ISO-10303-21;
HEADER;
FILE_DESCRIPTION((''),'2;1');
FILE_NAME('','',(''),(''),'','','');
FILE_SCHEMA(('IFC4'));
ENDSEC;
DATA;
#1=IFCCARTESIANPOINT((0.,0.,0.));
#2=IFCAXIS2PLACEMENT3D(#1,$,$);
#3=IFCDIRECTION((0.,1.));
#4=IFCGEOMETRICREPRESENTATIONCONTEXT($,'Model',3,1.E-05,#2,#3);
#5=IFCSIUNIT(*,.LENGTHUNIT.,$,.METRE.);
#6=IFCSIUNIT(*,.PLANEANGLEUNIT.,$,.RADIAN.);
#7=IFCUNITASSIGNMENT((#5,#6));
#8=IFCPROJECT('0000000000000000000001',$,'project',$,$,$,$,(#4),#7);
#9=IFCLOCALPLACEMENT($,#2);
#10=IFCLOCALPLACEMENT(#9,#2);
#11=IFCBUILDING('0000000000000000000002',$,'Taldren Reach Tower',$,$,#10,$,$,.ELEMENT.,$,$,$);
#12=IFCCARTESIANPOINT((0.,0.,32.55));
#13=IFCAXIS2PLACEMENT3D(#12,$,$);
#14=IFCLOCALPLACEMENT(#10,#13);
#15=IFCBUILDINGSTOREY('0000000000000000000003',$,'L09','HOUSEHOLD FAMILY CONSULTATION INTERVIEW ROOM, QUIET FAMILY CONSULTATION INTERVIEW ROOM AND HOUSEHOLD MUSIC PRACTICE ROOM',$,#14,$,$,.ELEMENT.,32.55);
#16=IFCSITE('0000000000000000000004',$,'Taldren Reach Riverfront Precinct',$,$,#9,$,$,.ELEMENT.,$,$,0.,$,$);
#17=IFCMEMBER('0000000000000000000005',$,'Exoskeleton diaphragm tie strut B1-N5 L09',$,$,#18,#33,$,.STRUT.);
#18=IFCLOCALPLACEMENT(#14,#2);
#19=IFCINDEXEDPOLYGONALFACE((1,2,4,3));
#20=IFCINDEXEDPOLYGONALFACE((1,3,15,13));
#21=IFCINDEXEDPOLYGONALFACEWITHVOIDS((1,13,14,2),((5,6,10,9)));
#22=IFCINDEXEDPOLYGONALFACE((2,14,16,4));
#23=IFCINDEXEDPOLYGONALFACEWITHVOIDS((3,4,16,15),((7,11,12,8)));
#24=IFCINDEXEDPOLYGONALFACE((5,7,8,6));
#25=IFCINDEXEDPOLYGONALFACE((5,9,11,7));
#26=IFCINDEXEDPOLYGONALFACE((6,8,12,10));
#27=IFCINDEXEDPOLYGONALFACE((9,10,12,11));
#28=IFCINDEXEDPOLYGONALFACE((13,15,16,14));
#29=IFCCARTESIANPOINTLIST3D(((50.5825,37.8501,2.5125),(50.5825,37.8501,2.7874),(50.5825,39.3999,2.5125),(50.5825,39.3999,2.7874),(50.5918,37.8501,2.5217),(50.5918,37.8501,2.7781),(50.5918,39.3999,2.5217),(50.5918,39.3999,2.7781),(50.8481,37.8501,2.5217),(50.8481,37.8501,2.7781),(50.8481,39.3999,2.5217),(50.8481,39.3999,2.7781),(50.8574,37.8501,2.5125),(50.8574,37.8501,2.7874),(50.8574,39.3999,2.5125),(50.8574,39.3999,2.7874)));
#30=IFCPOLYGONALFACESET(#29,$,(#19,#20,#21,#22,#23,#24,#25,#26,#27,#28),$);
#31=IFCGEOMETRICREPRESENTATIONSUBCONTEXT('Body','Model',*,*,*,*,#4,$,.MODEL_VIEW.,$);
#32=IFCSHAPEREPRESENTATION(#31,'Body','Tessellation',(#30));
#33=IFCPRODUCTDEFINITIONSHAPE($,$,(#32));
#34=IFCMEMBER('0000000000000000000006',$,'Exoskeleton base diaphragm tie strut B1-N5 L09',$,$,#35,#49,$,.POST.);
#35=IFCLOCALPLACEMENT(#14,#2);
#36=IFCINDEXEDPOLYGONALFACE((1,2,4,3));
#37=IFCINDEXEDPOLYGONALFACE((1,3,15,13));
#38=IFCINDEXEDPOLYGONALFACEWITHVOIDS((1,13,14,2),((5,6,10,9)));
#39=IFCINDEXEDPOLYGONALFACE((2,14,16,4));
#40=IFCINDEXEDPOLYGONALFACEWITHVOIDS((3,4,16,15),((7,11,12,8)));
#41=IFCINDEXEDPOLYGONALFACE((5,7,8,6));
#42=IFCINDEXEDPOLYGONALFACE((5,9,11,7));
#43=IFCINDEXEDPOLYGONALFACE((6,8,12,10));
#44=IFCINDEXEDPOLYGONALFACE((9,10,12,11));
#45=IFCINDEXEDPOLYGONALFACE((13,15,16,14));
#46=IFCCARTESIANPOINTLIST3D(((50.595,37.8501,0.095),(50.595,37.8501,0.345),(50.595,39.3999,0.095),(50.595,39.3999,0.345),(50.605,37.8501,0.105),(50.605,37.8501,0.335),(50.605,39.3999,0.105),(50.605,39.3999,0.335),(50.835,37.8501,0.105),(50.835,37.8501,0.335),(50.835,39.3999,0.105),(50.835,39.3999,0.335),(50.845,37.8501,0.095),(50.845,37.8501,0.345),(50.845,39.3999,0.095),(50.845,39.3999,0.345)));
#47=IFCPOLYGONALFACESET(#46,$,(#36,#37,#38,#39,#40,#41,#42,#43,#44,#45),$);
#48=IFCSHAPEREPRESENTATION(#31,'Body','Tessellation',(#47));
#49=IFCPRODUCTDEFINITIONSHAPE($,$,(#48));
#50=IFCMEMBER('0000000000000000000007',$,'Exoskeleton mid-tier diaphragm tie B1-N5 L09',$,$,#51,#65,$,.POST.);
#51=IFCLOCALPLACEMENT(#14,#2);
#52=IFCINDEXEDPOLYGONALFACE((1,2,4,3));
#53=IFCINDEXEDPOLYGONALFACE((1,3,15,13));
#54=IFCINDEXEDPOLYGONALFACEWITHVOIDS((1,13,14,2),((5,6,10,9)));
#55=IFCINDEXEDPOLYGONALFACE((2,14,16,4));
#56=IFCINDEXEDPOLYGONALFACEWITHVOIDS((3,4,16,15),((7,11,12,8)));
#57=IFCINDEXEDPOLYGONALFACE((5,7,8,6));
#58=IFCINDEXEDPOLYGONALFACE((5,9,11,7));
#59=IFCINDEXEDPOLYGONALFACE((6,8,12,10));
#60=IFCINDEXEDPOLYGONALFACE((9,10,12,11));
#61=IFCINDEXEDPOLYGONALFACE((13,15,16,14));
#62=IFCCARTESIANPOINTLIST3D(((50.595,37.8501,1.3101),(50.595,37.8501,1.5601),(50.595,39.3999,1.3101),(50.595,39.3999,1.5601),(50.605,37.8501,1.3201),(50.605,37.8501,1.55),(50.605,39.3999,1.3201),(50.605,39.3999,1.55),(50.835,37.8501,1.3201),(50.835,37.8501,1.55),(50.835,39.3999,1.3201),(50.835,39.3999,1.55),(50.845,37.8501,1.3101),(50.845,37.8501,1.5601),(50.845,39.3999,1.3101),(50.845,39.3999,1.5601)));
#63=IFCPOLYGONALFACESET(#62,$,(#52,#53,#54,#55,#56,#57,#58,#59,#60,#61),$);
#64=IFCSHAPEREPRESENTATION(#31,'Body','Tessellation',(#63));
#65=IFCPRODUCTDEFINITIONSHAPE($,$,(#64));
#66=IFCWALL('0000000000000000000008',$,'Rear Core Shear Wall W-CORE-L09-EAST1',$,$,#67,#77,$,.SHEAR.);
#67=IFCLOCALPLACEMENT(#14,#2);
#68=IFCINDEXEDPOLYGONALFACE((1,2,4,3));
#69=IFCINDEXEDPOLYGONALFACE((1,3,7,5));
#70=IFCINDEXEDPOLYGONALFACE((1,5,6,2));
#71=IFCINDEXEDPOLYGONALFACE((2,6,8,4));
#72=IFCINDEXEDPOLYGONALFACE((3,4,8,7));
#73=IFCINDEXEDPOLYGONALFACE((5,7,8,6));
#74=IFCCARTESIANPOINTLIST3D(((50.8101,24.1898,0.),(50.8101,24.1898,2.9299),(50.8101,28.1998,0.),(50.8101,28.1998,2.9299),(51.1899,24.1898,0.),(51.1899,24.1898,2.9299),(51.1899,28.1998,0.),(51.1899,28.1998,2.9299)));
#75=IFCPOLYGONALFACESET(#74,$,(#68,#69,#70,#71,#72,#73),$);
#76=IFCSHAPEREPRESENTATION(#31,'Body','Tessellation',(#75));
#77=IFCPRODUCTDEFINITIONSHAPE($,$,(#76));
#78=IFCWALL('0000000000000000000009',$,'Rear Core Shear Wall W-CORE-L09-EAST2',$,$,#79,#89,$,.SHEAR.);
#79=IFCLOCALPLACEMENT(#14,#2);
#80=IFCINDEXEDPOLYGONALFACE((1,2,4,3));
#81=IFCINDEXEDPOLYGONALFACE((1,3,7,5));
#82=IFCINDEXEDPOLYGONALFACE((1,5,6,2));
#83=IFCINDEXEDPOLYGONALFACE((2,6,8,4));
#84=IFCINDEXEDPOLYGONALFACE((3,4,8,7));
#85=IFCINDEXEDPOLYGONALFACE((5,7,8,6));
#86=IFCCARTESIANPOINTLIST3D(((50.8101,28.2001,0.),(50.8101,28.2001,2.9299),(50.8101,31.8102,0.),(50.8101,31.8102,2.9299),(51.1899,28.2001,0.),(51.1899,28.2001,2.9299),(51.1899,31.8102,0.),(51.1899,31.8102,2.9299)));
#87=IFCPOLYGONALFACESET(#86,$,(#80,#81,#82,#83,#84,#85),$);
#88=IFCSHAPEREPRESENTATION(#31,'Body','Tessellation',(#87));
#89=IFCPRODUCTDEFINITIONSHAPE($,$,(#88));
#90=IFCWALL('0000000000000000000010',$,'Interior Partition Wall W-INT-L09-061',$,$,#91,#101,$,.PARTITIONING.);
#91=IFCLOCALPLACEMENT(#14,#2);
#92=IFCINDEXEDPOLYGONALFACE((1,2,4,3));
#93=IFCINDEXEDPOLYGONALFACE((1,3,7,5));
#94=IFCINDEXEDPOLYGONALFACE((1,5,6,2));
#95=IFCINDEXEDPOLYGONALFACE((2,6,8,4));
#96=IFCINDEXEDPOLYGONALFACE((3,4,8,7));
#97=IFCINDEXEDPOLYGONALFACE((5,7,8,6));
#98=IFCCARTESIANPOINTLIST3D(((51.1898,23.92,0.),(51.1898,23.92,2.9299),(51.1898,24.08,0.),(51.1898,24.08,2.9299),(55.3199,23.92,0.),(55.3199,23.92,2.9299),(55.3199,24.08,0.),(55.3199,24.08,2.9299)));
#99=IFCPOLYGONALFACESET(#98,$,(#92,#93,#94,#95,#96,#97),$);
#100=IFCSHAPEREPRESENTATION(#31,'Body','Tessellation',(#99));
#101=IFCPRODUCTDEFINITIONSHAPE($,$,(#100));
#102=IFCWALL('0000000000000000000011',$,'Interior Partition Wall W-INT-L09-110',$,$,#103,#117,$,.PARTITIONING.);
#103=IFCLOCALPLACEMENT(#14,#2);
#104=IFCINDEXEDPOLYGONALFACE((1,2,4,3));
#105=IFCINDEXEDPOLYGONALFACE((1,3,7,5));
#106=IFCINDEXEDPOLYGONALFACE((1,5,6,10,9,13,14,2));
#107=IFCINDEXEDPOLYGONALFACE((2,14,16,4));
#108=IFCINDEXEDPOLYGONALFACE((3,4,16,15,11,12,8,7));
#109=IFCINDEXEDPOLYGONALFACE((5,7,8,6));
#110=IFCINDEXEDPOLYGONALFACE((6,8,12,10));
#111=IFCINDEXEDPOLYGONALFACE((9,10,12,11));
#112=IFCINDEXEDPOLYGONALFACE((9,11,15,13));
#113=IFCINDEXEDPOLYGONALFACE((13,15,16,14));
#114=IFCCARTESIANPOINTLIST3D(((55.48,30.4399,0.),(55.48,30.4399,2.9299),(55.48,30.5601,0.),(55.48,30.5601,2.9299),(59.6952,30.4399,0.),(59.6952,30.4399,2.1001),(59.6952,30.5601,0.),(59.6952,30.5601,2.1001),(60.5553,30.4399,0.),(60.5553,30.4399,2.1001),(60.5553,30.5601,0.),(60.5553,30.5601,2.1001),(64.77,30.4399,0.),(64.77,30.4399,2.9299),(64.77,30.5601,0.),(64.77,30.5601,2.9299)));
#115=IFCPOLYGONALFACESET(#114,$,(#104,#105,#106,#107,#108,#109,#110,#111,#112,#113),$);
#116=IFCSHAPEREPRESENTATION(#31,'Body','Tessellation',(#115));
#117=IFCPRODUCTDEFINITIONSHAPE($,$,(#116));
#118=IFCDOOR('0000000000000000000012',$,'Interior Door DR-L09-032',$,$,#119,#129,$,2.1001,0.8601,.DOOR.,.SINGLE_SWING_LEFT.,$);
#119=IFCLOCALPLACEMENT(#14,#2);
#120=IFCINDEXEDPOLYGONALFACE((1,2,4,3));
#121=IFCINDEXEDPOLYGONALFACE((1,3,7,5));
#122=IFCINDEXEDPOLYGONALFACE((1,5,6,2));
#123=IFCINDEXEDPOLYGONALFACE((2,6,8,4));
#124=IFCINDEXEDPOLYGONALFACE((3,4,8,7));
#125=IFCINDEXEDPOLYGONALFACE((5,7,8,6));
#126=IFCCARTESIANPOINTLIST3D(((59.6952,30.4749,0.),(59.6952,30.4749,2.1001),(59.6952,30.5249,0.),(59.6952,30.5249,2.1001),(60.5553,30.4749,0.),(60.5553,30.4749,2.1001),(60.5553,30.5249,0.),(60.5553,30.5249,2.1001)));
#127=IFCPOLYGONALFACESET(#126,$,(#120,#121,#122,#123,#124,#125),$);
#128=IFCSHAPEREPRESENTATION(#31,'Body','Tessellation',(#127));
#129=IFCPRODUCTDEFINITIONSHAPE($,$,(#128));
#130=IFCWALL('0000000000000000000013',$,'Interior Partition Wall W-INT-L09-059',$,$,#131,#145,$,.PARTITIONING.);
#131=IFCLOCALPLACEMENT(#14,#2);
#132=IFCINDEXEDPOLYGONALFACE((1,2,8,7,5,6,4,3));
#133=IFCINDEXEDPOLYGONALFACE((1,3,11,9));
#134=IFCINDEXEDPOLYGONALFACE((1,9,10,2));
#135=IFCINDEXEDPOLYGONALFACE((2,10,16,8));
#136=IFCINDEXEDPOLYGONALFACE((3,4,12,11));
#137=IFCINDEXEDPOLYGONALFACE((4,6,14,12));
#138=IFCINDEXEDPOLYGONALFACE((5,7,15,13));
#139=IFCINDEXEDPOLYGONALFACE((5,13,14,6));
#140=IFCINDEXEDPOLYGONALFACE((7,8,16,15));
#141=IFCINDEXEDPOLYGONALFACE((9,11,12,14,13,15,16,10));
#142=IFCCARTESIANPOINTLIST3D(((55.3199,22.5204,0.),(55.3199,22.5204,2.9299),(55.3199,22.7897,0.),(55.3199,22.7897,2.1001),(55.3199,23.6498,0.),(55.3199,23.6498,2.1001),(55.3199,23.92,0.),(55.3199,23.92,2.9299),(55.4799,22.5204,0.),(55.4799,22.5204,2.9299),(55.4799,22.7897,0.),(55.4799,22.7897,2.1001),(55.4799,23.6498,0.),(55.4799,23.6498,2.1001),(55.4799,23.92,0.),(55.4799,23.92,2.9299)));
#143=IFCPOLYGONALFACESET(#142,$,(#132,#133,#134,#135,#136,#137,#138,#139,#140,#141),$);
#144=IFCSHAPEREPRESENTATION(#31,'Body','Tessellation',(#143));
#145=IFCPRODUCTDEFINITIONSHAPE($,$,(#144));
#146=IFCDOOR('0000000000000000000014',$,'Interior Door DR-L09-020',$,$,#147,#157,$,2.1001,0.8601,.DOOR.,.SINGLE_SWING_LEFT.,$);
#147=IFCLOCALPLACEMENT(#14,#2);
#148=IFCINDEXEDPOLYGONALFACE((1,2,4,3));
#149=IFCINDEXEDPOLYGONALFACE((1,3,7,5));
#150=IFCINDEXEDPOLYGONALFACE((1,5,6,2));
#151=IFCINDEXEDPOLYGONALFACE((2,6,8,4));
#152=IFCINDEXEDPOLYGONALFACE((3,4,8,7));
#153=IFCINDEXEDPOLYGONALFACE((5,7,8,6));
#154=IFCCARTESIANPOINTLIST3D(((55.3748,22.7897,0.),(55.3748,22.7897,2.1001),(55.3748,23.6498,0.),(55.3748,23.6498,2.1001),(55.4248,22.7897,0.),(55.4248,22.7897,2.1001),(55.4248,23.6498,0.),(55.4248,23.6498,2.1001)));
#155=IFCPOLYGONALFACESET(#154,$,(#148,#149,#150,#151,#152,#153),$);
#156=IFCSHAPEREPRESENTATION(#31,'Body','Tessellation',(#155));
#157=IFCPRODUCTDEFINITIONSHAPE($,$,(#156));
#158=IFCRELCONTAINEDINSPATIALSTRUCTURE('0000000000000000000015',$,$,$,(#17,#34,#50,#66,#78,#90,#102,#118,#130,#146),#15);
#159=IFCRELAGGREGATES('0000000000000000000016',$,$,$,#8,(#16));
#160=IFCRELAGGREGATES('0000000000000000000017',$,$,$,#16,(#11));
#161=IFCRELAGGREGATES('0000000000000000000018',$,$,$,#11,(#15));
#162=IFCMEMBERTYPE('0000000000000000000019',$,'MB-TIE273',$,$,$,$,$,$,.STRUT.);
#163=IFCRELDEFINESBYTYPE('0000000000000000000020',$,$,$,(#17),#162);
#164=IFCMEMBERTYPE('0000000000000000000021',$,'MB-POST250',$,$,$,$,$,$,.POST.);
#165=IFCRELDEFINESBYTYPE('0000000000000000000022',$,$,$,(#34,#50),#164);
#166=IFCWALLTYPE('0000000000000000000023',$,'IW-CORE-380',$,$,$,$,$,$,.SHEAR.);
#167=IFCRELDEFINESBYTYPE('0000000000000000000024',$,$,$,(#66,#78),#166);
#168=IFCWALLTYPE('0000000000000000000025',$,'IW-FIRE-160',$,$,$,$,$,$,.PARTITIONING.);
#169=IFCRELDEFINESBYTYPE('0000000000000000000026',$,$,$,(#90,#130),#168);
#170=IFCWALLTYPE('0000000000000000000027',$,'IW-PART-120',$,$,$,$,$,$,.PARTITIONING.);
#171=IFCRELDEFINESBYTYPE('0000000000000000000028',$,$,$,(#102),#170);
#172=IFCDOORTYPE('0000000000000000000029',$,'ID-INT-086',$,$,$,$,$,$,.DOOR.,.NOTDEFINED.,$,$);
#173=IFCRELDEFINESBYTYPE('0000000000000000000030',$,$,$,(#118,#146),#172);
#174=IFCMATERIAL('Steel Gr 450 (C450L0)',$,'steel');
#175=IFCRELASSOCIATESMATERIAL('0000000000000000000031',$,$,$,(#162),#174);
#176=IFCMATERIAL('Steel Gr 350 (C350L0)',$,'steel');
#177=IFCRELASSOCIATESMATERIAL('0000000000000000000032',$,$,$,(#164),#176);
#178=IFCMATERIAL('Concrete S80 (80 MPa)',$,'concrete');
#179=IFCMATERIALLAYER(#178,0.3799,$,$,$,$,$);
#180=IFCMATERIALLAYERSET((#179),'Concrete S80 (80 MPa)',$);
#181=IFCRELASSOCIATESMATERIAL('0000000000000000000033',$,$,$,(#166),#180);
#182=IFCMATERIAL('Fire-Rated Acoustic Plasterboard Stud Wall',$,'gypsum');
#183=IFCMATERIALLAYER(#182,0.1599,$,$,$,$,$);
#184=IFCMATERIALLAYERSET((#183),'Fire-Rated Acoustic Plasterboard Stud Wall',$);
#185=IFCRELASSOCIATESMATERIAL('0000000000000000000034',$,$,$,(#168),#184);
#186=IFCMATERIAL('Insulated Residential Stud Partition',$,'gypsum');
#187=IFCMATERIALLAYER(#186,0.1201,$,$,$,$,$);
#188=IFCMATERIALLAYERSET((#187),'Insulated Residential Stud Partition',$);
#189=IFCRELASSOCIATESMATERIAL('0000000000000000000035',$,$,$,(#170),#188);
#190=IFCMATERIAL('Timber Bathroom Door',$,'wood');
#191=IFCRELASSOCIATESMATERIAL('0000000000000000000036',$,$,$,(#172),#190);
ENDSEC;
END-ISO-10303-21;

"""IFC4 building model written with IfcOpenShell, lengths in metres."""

from ifc_helpers import new_model, si_unit, direction, frame, frame_2d, origin, origin_2d, place, context, subcontext, project, spatial, rectangle, hollow_rectangle, extrude, source, transform, mapped, material, layer, layer_set, material_profile, profile_set, type_object, element, fill, save


model = new_model("IFC4")

# Units and contexts
model_context = context("Model", 3, precision=1e-05, world=origin(), true_north=direction((0.0, 1.0)))
body_context = subcontext(model_context, "Body", "Model", "MODEL_VIEW")
ifc_project = project(units=[si_unit("LENGTHUNIT", "METRE"), si_unit("PLANEANGLEUNIT", "RADIAN")], contexts=[model_context])

# Site, building, storey
site_placement = place(None, origin())
site = spatial("IfcSite", under=ifc_project, at=site_placement, Name="Taldren Reach Riverfront Precinct", CompositionType="ELEMENT", RefElevation=0.0)
building_placement = place(site_placement, origin())
building = spatial("IfcBuilding", under=site, at=building_placement, Name="Taldren Reach Tower", CompositionType="ELEMENT")
storey_placement = place(building_placement, frame((0.0, 0.0, 32.55)))
storey = spatial("IfcBuildingStorey", under=building, at=storey_placement, Name="L09", Description="HOUSEHOLD FAMILY CONSULTATION INTERVIEW ROOM, QUIET FAMILY CONSULTATION INTERVIEW ROOM AND HOUSEHOLD MUSIC PRACTICE ROOM", CompositionType="ELEMENT", Elevation=32.55)

# Members
ifc_material_1 = material(Name="Steel Gr 450 (C450L0)", Category="steel")
ifc_material_profile_1 = material_profile(ifc_material_1, hollow_rectangle(XDim=0.2749, YDim=0.2749, WallThickness=0.0093, at=origin_2d()), Name="275x275x9.3SHS")
ifc_profile_set_1 = profile_set([ifc_material_profile_1], Name="Steel Gr 450 (C450L0)")
member_type_1 = type_object("IfcMemberType", Name="MB-TIE273", PredefinedType="STRUT", material=ifc_profile_set_1)
shared_shape_1 = source(origin(), body_context, "Body", "SweptSolid", [
    extrude(hollow_rectangle(XDim=0.2749, YDim=0.2749, WallThickness=0.0093, at=origin_2d()), origin(), (0.0, 0.0, 1.0), 1.5498),
])
member_placement = place(storey_placement, frame((50.72, 37.8501, 2.6499), z_axis=(0.0, 1.0, 0.0), x_axis=(-1.0, 0.0, 0.0)))
element("IfcMember", 1, at=member_placement, inside=storey, type_object=member_type_1, Name="Exoskeleton diaphragm tie strut B1-N5 L09", PredefinedType="STRUT", context=body_context, shape_type="MappedRepresentation", body=[
    mapped(shared_shape_1, transform((0.0, 0.0, 0.0), scale=1.0)),
])
ifc_material_2 = material(Name="Steel Gr 350 (C350L0)", Category="steel")
ifc_material_profile_2 = material_profile(ifc_material_2, hollow_rectangle(XDim=0.25, YDim=0.25, WallThickness=0.01, at=origin_2d()), Name="250x250x10.0SHS")
ifc_profile_set_2 = profile_set([ifc_material_profile_2], Name="Steel Gr 350 (C350L0)")
member_type_2 = type_object("IfcMemberType", Name="MB-POST250", PredefinedType="POST", material=ifc_profile_set_2)
shared_shape_2 = source(origin(), body_context, "Body", "SweptSolid", [
    extrude(hollow_rectangle(XDim=0.25, YDim=0.25, WallThickness=0.01, at=origin_2d()), origin(), (0.0, 0.0, 1.0), 1.5498),
])
for number, where, z_axis, x_axis, name in (
    (2, (50.72, 37.8501, 0.22), (0.0, 1.0, 0.0), (-1.0, 0.0, 0.0), "Exoskeleton base diaphragm tie strut B1-N5 L09"),
    (3, (50.72, 37.8501, 1.4351), (0.0, 1.0, 0.0), (-1.0, 0.0, 0.0), "Exoskeleton mid-tier diaphragm tie B1-N5 L09"),
):
    element("IfcMember", number, at=place(storey_placement, frame(where, z_axis=z_axis, x_axis=x_axis)), inside=storey, type_object=member_type_2, Name=name, PredefinedType="POST", context=body_context, shape_type="MappedRepresentation", body=[
        mapped(shared_shape_2, transform((0.0, 0.0, 0.0), scale=1.0)),
    ])

# Walls
ifc_material_3 = material(Name="Concrete S80 (80 MPa)", Category="concrete")
ifc_layer_1 = layer(ifc_material_3, 0.3799)
ifc_layer_set_1 = layer_set([ifc_layer_1], Name="Concrete S80 (80 MPa)")
wall_type_1 = type_object("IfcWallType", Name="IW-CORE-380", PredefinedType="SHEAR", material=ifc_layer_set_1)
shared_shape_3 = source(origin(), body_context, "Body", "SweptSolid", [
    extrude(rectangle(XDim=4.01, YDim=0.3799, at=frame_2d((2.0049, 0.0))), origin(), (0.0, 0.0, 1.0), 2.9299),
])
wall_1_placement = place(storey_placement, frame((51.0, 24.1899, 0.0), z_axis=(0.0, 0.0, 1.0), x_axis=(0.0, 1.0, 0.0)))
element("IfcWall", 4, at=wall_1_placement, inside=storey, type_object=wall_type_1, Name="Rear Core Shear Wall W-CORE-L09-EAST1", PredefinedType="SHEAR", context=body_context, shape_type="MappedRepresentation", body=[
    mapped(shared_shape_3, transform((0.0, 0.0, 0.0), scale=1.0)),
])
shared_shape_4 = source(origin(), body_context, "Body", "SweptSolid", [
    extrude(rectangle(XDim=3.6101, YDim=0.3799, at=frame_2d((1.8052, 0.0))), origin(), (0.0, 0.0, 1.0), 2.9299),
])
wall_2_placement = place(storey_placement, frame((51.0, 28.2, 0.0), z_axis=(0.0, 0.0, 1.0), x_axis=(0.0, 1.0, 0.0)))
element("IfcWall", 5, at=wall_2_placement, inside=storey, type_object=wall_type_1, Name="Rear Core Shear Wall W-CORE-L09-EAST2", PredefinedType="SHEAR", context=body_context, shape_type="MappedRepresentation", body=[
    mapped(shared_shape_4, transform((0.0, 0.0, 0.0), scale=1.0)),
])
ifc_material_4 = material(Name="Fire-Rated Acoustic Plasterboard Stud Wall", Category="gypsum")
ifc_layer_2 = layer(ifc_material_4, 0.1599)
ifc_layer_set_2 = layer_set([ifc_layer_2], Name="Fire-Rated Acoustic Plasterboard Stud Wall")
wall_type_2 = type_object("IfcWallType", Name="IW-FIRE-160", PredefinedType="PARTITIONING", material=ifc_layer_set_2)
shared_shape_5 = source(origin(), body_context, "Body", "SweptSolid", [
    extrude(rectangle(XDim=4.1301, YDim=0.1599, at=frame_2d((2.0649, 0.0))), origin(), (0.0, 0.0, 1.0), 2.9299),
])
wall_3_placement = place(storey_placement, frame((51.1899, 24.0, 0.0), z_axis=(0.0, 0.0, 1.0), x_axis=(1.0, 0.0, 0.0)))
element("IfcWall", 6, at=wall_3_placement, inside=storey, type_object=wall_type_2, Name="Interior Partition Wall W-INT-L09-061", PredefinedType="PARTITIONING", context=body_context, shape_type="MappedRepresentation", body=[
    mapped(shared_shape_5, transform((0.0, 0.0, 0.0), scale=1.0)),
])

# Walls, openings, doors
ifc_material_5 = material(Name="Insulated Residential Stud Partition", Category="gypsum")
ifc_layer_3 = layer(ifc_material_5, 0.1201)
ifc_layer_set_3 = layer_set([ifc_layer_3], Name="Insulated Residential Stud Partition")
wall_type_3 = type_object("IfcWallType", Name="IW-PART-120", PredefinedType="PARTITIONING", material=ifc_layer_set_3)
shared_shape_6 = source(origin(), body_context, "Body", "SweptSolid", [
    extrude(rectangle(XDim=9.29, YDim=0.1201, at=frame_2d((4.645, 0.0))), origin(), (0.0, 0.0, 1.0), 2.9299),
])
wall_4_placement = place(storey_placement, frame((55.48, 30.5, 0.0), z_axis=(0.0, 0.0, 1.0), x_axis=(1.0, 0.0, 0.0)))
wall_4 = element("IfcWall", 7, at=wall_4_placement, inside=storey, type_object=wall_type_3, Name="Interior Partition Wall W-INT-L09-110", PredefinedType="PARTITIONING", context=body_context, shape_type="MappedRepresentation", body=[
    mapped(shared_shape_6, transform((0.0, 0.0, 0.0), scale=1.0)),
])
shared_shape_7 = source(origin(), body_context, "Body", "SweptSolid", [
    extrude(rectangle(XDim=0.8601, YDim=2.1001, at=frame_2d((0.4302, 1.05))), frame((0.0, 0.0701, 0.0), z_axis=(0.0, -1.0, 0.0), x_axis=(1.0, 0.0, 0.0)), (0.0, 0.0, 1.0), 0.1401),
])
opening_1_placement = place(wall_4_placement, frame((4.2151, 0.0, 0.0)))
opening_1 = element("IfcOpeningElement", 8, at=opening_1_placement, cuts=wall_4, PredefinedType="OPENING", context=body_context, shape_type="MappedRepresentation", body=[
    mapped(shared_shape_7, transform((0.0, 0.0, 0.0), scale=1.0)),
])
ifc_material_6 = material(Name="Timber Bathroom Door", Category="wood")
door_type = type_object("IfcDoorType", Name="ID-INT-086", OperationType="NOTDEFINED", PredefinedType="DOOR", material=ifc_material_6)
shared_shape_8 = source(origin(), body_context, "Body", "SweptSolid", [
    extrude(rectangle(XDim=0.8601, YDim=2.1001, at=frame_2d((0.4302, 1.05))), frame((0.0, 0.0249, 0.0), z_axis=(0.0, -1.0, 0.0), x_axis=(1.0, 0.0, 0.0)), (0.0, 0.0, 1.0), 0.05),
])
door_1_placement = place(opening_1_placement, origin())
door_1 = element("IfcDoor", 9, at=door_1_placement, inside=storey, type_object=door_type, Name="Interior Door DR-L09-032", OperationType="SINGLE_SWING_LEFT", OverallHeight=2.1001, OverallWidth=0.8601, PredefinedType="DOOR", context=body_context, shape_type="MappedRepresentation", body=[
    mapped(shared_shape_8, transform((0.0, 0.0, 0.0), scale=1.0)),
])
fill(opening_1, door_1)
shared_shape_9 = source(origin(), body_context, "Body", "SweptSolid", [
    extrude(rectangle(XDim=1.3997, YDim=0.1599, at=frame_2d((0.6997, 0.0))), origin(), (0.0, 0.0, 1.0), 2.9299),
])
wall_5_placement = place(storey_placement, frame((55.3999, 23.9199, 0.0), z_axis=(0.0, 0.0, 1.0), x_axis=(0.0, -1.0, 0.0)))
wall_5 = element("IfcWall", 10, at=wall_5_placement, inside=storey, type_object=wall_type_2, Name="Interior Partition Wall W-INT-L09-059", PredefinedType="PARTITIONING", context=body_context, shape_type="MappedRepresentation", body=[
    mapped(shared_shape_9, transform((0.0, 0.0, 0.0), scale=1.0)),
])
shared_shape_10 = source(origin(), body_context, "Body", "SweptSolid", [
    extrude(rectangle(XDim=0.8601, YDim=2.1001, at=frame_2d((0.4302, 1.05))), frame((0.0, 0.0898, 0.0), z_axis=(0.0, -1.0, 0.0), x_axis=(1.0, 0.0, 0.0)), (0.0, 0.0, 1.0), 0.1799),
])
opening_2_placement = place(wall_5_placement, frame((0.27, 0.0, 0.0)))
opening_2 = element("IfcOpeningElement", 11, at=opening_2_placement, cuts=wall_5, PredefinedType="OPENING", context=body_context, shape_type="MappedRepresentation", body=[
    mapped(shared_shape_10, transform((0.0, 0.0, 0.0), scale=1.0)),
])
door_2_placement = place(opening_2_placement, origin())
door_2 = element("IfcDoor", 12, at=door_2_placement, inside=storey, type_object=door_type, Name="Interior Door DR-L09-020", OperationType="SINGLE_SWING_LEFT", OverallHeight=2.1001, OverallWidth=0.8601, PredefinedType="DOOR", context=body_context, shape_type="MappedRepresentation", body=[
    mapped(shared_shape_8, transform((0.0, 0.0, 0.0), scale=1.0)),
])
fill(opening_2, door_2)

save(model, "model.ifc")
